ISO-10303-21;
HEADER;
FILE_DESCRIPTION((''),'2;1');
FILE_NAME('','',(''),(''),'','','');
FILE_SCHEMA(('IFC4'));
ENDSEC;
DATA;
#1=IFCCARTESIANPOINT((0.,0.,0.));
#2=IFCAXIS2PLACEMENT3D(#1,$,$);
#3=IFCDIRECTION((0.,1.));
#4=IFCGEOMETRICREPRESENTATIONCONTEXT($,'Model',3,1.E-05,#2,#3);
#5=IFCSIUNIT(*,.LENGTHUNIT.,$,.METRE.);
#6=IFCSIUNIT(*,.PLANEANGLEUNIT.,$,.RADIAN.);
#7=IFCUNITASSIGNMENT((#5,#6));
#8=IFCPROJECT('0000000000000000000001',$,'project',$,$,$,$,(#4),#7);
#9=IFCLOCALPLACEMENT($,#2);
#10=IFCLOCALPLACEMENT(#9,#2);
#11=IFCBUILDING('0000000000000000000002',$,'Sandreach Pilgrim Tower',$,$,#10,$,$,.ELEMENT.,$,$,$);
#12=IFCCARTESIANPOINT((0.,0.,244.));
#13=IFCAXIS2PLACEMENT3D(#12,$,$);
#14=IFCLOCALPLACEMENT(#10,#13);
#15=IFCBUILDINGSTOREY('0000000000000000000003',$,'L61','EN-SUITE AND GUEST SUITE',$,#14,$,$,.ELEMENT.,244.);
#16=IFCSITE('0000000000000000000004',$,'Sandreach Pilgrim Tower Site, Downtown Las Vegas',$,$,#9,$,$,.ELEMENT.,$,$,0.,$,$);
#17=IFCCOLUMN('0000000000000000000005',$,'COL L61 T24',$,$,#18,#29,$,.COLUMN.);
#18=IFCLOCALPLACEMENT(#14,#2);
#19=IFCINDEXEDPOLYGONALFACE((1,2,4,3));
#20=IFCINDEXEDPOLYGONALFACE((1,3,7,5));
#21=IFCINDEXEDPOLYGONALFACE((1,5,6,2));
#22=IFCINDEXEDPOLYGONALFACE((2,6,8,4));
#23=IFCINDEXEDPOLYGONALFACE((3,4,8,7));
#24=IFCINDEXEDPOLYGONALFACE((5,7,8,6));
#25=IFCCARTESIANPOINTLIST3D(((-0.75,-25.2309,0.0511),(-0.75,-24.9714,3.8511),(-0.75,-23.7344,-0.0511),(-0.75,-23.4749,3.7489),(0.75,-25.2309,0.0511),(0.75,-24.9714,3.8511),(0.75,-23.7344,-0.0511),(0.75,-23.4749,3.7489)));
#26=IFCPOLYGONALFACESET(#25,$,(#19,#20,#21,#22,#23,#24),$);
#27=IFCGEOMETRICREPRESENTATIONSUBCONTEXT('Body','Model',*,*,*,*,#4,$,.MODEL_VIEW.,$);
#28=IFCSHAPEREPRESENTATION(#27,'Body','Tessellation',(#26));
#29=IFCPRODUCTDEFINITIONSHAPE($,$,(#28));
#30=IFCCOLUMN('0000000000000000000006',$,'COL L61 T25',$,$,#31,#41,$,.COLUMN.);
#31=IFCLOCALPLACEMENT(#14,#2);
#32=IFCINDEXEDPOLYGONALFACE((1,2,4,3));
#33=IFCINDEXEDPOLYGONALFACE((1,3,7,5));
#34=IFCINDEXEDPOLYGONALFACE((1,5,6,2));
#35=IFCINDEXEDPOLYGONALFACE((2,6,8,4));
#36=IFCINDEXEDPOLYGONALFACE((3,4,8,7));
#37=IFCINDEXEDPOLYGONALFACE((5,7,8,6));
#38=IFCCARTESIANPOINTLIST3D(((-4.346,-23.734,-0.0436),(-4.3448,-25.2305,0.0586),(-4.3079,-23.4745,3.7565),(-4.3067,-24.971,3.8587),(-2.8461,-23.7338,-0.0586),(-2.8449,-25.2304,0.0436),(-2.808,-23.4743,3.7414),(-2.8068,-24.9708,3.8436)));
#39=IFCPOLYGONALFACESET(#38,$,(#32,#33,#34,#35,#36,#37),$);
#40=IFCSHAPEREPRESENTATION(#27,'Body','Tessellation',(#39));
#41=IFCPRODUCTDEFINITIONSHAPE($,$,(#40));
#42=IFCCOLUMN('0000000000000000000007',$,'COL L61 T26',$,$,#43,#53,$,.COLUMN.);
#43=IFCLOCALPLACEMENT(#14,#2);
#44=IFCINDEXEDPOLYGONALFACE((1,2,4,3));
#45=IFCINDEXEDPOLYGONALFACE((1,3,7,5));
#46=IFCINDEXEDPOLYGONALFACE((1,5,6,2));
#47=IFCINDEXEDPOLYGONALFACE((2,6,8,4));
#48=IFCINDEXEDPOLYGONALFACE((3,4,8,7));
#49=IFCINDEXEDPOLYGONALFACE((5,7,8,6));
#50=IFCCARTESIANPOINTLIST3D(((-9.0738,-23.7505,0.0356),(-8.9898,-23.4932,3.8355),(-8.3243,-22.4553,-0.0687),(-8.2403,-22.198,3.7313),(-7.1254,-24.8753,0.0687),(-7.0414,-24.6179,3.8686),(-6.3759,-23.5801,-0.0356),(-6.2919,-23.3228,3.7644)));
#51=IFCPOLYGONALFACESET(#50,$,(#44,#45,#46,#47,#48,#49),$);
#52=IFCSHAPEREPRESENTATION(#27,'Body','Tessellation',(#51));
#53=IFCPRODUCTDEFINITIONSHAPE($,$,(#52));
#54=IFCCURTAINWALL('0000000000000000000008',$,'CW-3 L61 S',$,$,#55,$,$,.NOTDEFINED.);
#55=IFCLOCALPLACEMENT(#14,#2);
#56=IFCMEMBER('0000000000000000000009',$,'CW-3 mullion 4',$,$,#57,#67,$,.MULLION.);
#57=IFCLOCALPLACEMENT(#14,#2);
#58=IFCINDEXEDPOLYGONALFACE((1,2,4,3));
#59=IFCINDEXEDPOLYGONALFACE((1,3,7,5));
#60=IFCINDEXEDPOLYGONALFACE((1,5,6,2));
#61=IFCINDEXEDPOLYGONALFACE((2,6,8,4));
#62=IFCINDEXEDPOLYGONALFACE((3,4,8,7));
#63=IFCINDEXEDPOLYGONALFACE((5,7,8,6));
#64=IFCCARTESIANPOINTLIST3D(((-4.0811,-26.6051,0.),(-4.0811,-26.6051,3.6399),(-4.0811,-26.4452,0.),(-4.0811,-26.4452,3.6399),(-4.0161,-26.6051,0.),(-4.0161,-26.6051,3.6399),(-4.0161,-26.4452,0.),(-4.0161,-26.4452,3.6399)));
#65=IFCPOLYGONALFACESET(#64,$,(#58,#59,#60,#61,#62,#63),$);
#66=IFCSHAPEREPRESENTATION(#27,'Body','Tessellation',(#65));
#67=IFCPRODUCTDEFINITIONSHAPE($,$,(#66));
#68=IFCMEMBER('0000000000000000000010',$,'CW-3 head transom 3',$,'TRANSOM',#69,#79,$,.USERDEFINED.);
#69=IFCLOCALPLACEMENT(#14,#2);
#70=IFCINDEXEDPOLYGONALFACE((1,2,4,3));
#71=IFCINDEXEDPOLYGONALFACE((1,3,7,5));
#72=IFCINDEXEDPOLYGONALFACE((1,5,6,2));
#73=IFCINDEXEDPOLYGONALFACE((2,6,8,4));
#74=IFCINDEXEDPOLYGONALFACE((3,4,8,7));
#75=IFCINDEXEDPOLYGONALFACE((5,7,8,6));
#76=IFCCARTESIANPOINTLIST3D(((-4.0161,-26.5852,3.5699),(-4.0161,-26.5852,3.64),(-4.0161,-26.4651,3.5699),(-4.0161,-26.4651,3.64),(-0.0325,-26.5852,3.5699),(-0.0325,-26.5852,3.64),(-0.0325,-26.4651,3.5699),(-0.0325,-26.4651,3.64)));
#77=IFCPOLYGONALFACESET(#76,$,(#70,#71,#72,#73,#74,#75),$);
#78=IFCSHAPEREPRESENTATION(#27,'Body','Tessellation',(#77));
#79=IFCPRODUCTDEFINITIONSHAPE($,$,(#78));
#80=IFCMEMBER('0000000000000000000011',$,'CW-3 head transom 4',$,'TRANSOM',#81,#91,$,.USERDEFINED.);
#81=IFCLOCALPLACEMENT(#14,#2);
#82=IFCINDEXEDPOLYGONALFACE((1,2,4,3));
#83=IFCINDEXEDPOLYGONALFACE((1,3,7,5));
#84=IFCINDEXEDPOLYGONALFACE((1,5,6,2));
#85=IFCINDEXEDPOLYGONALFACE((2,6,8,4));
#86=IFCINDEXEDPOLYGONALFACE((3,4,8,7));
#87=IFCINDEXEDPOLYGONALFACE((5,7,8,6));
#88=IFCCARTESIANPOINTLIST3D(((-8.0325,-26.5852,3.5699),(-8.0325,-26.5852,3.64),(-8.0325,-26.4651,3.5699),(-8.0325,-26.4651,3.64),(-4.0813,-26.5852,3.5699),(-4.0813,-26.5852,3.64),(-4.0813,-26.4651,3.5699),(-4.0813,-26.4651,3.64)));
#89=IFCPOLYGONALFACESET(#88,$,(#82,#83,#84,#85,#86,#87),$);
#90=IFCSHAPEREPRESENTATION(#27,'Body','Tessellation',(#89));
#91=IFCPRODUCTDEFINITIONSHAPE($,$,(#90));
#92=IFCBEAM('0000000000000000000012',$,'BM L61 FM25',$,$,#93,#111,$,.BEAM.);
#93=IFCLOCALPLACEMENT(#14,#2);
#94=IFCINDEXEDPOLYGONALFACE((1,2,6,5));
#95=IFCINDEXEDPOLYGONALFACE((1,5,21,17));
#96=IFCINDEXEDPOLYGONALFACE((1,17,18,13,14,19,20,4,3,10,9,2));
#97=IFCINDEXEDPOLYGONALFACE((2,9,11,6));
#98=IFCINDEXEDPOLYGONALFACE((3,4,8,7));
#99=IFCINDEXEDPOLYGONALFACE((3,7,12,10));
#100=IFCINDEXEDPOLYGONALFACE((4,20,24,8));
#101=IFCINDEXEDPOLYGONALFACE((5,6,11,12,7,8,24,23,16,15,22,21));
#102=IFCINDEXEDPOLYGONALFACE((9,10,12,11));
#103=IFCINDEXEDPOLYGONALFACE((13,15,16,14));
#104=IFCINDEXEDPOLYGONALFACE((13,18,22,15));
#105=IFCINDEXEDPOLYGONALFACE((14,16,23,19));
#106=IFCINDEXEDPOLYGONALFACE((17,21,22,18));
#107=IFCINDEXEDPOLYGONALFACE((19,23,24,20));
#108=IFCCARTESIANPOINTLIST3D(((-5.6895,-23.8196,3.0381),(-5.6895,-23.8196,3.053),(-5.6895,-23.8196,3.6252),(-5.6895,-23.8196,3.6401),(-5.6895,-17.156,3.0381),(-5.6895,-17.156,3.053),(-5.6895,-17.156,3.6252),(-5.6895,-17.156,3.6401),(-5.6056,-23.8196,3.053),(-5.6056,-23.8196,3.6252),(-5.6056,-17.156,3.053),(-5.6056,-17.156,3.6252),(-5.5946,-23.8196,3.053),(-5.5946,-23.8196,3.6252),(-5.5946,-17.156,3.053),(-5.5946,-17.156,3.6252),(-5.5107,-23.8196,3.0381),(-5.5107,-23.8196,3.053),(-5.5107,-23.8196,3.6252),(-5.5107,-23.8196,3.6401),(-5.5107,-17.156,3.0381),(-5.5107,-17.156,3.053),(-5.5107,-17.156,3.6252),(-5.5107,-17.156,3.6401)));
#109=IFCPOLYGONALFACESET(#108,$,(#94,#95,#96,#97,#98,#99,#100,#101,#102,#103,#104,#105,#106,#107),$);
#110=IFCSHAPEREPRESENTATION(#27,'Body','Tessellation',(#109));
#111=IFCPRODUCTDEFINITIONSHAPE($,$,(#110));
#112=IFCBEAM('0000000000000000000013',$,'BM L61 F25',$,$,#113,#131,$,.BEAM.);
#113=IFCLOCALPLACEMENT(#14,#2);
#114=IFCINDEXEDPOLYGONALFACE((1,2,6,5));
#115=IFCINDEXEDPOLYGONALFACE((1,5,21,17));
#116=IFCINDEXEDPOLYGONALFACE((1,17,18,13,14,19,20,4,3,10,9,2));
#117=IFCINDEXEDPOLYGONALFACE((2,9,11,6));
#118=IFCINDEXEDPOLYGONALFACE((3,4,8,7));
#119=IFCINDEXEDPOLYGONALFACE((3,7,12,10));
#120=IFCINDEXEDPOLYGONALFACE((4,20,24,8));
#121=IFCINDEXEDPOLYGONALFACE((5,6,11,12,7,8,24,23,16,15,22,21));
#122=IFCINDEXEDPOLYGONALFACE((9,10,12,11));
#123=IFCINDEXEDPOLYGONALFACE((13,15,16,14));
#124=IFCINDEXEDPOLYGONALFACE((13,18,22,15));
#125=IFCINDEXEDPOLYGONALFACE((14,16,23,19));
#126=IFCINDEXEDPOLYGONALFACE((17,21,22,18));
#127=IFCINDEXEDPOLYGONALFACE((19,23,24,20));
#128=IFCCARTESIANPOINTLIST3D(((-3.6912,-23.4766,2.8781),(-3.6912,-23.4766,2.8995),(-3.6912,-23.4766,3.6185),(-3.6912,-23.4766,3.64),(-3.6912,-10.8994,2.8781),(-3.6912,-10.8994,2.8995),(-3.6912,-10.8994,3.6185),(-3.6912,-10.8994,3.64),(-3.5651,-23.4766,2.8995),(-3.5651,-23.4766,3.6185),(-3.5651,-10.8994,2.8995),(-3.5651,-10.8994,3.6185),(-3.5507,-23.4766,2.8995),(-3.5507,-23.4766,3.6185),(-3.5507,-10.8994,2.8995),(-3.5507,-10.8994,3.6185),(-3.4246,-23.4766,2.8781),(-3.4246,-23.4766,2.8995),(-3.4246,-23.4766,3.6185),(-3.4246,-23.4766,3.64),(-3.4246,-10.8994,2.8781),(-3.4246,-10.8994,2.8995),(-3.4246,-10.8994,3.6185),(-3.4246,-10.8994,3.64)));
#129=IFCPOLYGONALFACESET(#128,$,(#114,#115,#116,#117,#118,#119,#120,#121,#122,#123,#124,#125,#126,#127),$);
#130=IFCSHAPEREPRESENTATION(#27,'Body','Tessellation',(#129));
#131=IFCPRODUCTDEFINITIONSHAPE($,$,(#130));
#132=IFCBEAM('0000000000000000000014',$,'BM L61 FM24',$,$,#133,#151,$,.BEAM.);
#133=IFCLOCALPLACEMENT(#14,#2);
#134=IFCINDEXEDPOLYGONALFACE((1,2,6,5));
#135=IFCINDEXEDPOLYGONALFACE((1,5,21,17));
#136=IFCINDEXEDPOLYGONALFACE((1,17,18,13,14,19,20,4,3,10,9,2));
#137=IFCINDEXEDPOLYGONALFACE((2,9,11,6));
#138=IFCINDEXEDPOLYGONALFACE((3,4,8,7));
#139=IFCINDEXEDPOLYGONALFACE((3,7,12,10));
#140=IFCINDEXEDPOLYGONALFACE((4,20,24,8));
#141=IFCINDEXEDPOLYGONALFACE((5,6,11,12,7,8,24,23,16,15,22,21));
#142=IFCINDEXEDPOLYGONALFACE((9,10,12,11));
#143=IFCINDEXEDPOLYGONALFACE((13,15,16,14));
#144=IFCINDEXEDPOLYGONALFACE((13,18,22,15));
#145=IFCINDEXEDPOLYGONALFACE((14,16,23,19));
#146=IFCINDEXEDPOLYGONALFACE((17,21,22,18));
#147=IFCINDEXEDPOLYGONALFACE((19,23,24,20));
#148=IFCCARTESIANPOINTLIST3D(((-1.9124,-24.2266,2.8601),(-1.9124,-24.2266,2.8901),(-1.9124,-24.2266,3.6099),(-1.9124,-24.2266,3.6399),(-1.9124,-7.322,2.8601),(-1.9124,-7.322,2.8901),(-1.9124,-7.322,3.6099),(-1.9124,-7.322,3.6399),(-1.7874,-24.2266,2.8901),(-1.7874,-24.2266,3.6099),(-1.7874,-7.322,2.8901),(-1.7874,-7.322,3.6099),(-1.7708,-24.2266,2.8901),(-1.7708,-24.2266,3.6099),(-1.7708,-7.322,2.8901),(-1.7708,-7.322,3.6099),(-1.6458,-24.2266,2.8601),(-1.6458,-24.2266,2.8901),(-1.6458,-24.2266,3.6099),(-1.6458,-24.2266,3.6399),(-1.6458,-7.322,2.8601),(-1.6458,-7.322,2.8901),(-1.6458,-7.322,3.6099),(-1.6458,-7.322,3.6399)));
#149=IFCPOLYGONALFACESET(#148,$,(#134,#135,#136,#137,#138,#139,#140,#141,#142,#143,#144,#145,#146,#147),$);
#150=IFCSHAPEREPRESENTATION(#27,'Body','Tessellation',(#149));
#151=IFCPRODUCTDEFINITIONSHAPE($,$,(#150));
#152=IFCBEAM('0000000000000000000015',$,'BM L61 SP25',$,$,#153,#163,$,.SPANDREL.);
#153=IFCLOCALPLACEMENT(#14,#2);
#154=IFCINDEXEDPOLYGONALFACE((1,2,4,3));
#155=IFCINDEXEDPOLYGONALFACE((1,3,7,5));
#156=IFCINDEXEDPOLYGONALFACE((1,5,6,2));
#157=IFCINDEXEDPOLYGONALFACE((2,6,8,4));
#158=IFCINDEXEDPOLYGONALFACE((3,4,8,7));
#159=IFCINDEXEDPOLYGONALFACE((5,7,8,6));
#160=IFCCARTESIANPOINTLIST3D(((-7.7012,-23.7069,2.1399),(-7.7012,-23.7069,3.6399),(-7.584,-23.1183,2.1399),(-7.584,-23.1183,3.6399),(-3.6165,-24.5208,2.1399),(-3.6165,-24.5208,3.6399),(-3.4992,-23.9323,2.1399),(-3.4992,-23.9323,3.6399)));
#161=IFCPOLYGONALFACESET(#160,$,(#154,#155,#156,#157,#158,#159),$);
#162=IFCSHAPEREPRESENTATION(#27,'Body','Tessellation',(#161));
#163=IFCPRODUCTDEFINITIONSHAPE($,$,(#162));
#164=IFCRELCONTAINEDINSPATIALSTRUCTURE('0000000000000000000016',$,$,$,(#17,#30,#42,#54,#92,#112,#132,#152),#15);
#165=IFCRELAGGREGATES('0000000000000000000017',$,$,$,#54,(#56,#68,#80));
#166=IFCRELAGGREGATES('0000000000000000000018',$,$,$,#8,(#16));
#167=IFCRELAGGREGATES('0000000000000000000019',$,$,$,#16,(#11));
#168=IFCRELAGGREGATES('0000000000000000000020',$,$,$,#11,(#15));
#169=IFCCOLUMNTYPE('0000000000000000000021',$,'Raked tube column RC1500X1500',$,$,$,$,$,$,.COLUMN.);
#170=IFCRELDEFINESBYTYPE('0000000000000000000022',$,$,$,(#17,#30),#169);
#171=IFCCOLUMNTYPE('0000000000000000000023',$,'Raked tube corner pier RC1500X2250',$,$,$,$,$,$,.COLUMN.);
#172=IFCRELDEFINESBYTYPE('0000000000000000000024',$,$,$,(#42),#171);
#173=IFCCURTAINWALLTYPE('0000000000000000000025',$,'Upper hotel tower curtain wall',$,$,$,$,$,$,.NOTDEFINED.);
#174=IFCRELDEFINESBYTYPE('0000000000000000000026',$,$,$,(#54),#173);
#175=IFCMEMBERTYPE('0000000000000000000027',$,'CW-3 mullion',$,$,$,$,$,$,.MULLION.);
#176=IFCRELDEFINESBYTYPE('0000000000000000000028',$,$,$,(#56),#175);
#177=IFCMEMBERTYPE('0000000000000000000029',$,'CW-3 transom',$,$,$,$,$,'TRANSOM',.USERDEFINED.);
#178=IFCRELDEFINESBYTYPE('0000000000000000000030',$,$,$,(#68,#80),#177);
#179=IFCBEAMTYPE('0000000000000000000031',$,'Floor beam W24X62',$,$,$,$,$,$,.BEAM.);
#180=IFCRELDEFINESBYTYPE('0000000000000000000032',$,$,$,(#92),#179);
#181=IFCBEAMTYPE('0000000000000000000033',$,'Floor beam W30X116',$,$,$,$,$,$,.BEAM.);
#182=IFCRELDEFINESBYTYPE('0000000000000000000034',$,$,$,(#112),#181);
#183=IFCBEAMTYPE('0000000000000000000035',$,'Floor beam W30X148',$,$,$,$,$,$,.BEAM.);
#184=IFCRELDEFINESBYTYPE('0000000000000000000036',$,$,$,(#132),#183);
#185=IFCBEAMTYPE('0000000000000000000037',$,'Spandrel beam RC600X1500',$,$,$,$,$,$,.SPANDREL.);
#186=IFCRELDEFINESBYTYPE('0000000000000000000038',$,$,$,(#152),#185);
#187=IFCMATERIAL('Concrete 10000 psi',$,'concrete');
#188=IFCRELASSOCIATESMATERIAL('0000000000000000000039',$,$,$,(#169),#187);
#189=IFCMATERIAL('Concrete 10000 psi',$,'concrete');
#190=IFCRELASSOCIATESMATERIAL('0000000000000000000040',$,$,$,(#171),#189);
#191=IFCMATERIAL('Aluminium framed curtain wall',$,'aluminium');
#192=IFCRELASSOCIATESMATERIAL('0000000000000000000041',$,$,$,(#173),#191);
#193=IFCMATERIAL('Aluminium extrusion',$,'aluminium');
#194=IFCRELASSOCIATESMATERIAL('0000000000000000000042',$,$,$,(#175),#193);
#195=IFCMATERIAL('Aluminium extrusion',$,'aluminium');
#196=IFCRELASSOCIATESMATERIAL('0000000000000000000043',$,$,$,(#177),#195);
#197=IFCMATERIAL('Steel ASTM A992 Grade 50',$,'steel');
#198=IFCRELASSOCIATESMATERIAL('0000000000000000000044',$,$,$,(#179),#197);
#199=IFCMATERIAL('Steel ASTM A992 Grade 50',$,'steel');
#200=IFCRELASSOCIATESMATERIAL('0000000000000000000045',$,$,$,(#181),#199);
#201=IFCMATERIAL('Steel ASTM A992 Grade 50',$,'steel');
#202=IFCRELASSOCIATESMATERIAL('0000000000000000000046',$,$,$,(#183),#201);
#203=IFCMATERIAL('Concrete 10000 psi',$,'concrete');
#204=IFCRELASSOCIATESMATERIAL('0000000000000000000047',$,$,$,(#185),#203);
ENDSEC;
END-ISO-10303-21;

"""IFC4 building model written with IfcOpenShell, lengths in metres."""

from ifc_helpers import new_model, si_unit, direction, frame, origin, origin_2d, place, context, subcontext, project, spatial, rectangle, i_section, extrude, material, material_profile, profile_set, type_object, element, aggregate, save


model = new_model("IFC4")

# Units and contexts
model_context = context("Model", 3, precision=1e-05, world=origin(), true_north=direction((0.0, 1.0)))
body_context = subcontext(model_context, "Body", "Model", "MODEL_VIEW")
ifc_project = project(units=[si_unit("LENGTHUNIT", "METRE"), si_unit("PLANEANGLEUNIT", "RADIAN")], contexts=[model_context])

# Site, building, storey
site_placement = place(None, origin())
site = spatial("IfcSite", under=ifc_project, at=site_placement, Name="Sandreach Pilgrim Tower Site, Downtown Las Vegas", CompositionType="ELEMENT", RefElevation=0.0)
building_placement = place(site_placement, origin())
building = spatial("IfcBuilding", under=site, at=building_placement, Name="Sandreach Pilgrim Tower", CompositionType="ELEMENT")
storey_placement = place(building_placement, frame((0.0, 0.0, 244.0)))
storey = spatial("IfcBuildingStorey", under=building, at=storey_placement, Name="L61", Description="EN-SUITE AND GUEST SUITE", CompositionType="ELEMENT", Elevation=244.0)

# Columns
ifc_material_1 = material(Name="Concrete 10000 psi", Category="concrete")
ifc_material_profile_1 = material_profile(ifc_material_1, rectangle(XDim=1.5, YDim=1.5, at=origin_2d()), Name="RC1500X1500")
ifc_profile_set_1 = profile_set([ifc_material_profile_1], Name="Concrete 10000 psi")
column_type_1 = type_object("IfcColumnType", Name="Raked tube column RC1500X1500", PredefinedType="COLUMN", material=ifc_profile_set_1)
column_1_placement = place(storey_placement, frame((0.0, -24.4827, 0.0), z_axis=(0.0, 0.068136, 0.997676), x_axis=(0.0, -0.997676, 0.068136)))
element("IfcColumn", 1, at=column_1_placement, inside=storey, type_object=column_type_1, Name="COL L61 T24", PredefinedType="COLUMN", context=body_context, shape_type="SweptSolid", body=[
    extrude(rectangle(XDim=1.5, YDim=1.5, at=origin_2d()), origin(), (0.0, 0.0, 1.0), 3.8088),
])
column_2_placement = place(storey_placement, frame((-3.5955, -24.4822, 0.0), z_axis=(0.009999, 0.068132, 0.997626), x_axis=(0.000785, -0.997676, 0.068128)))
element("IfcColumn", 2, at=column_2_placement, inside=storey, type_object=column_type_1, Name="COL L61 T25", PredefinedType="COLUMN", context=body_context, shape_type="SweptSolid", body=[
    extrude(rectangle(XDim=1.5, YDim=1.5, at=origin_2d()), origin(), (0.0, 0.0, 1.0), 3.8091),
])
ifc_material_2 = material(Name="Concrete 10000 psi", Category="concrete")
ifc_material_profile_2 = material_profile(ifc_material_2, rectangle(XDim=1.5, YDim=2.25, at=origin_2d()), Name="RC1500X2250")
ifc_profile_set_2 = profile_set([ifc_material_profile_2], Name="Concrete 10000 psi")
column_type_2 = type_object("IfcColumnType", Name="Raked tube corner pier RC1500X2250", PredefinedType="COLUMN", material=ifc_profile_set_2)
column_3_placement = place(storey_placement, frame((-7.7249, -23.6653, 0.0), z_axis=(0.022045, 0.067545, 0.997473), x_axis=(-0.499636, -0.863442, 0.069511)))
element("IfcColumn", 3, at=column_3_placement, inside=storey, type_object=column_type_2, Name="COL L61 T26", PredefinedType="COLUMN", context=body_context, shape_type="SweptSolid", body=[
    extrude(rectangle(XDim=1.5, YDim=2.25, at=origin_2d()), origin(), (0.0, 0.0, 1.0), 3.8096),
])

# Curtain wall, members
ifc_material_3 = material(Name="Aluminium framed curtain wall", Category="aluminium")
curtain_wall_type = type_object("IfcCurtainWallType", Name="Upper hotel tower curtain wall", PredefinedType="NOTDEFINED", material=ifc_material_3)
curtain_wall_placement = place(storey_placement, origin())
curtain_wall = element("IfcCurtainWall", 4, at=curtain_wall_placement, inside=storey, type_object=curtain_wall_type, Name="CW-3 L61 S", PredefinedType="NOTDEFINED")
ifc_material_4 = material(Name="Aluminium extrusion", Category="aluminium")
ifc_material_profile_3 = material_profile(ifc_material_4, rectangle(XDim=0.0649, YDim=0.1599, at=origin_2d()), Name="CW-3M 65X160")
ifc_profile_set_3 = profile_set([ifc_material_profile_3], Name="Aluminium extrusion")
member_type_1 = type_object("IfcMemberType", Name="CW-3 mullion", PredefinedType="MULLION", material=ifc_profile_set_3)
member_1_placement = place(storey_placement, frame((-4.0486, -26.5251, 0.0), z_axis=(0.0, 0.0, 1.0), x_axis=(-1.0, 0.0, 0.0)))
member_1 = element("IfcMember", 5, at=member_1_placement, type_object=member_type_1, Name="CW-3 mullion 4", PredefinedType="MULLION", context=body_context, shape_type="SweptSolid", body=[
    extrude(rectangle(XDim=0.0649, YDim=0.1599, at=origin_2d()), origin(), (0.0, 0.0, 1.0), 3.6399),
])
ifc_material_5 = material(Name="Aluminium extrusion", Category="aluminium")
ifc_material_profile_4 = material_profile(ifc_material_5, rectangle(XDim=0.1201, YDim=0.0701, at=origin_2d()), Name="CW-3T 120X70")
ifc_profile_set_4 = profile_set([ifc_material_profile_4], Name="Aluminium extrusion")
member_type_2 = type_object("IfcMemberType", Name="CW-3 transom", ElementType="TRANSOM", PredefinedType="USERDEFINED", material=ifc_profile_set_4)
member_2_placement = place(storey_placement, frame((-0.0325, -26.5251, 3.605), z_axis=(-1.0, 0.0, 0.0), x_axis=(0.0, -1.0, 0.0)))
member_2 = element("IfcMember", 6, at=member_2_placement, type_object=member_type_2, Name="CW-3 head transom 3", ObjectType="TRANSOM", PredefinedType="USERDEFINED", context=body_context, shape_type="SweptSolid", body=[
    extrude(rectangle(XDim=0.1201, YDim=0.0701, at=origin_2d()), origin(), (0.0, 0.0, 1.0), 3.9836),
])
member_3_placement = place(storey_placement, frame((-4.0813, -26.5251, 3.605), z_axis=(-1.0, 0.0, 0.0), x_axis=(0.0, -1.0, 0.0)))
member_3 = element("IfcMember", 7, at=member_3_placement, type_object=member_type_2, Name="CW-3 head transom 4", ObjectType="TRANSOM", PredefinedType="USERDEFINED", context=body_context, shape_type="SweptSolid", body=[
    extrude(rectangle(XDim=0.1201, YDim=0.0701, at=origin_2d()), origin(), (0.0, 0.0, 1.0), 3.9512),
])

# Beams
ifc_material_6 = material(Name="Steel ASTM A992 Grade 50", Category="steel")
ifc_material_profile_5 = material_profile(ifc_material_6, i_section(OverallWidth=0.1787, OverallDepth=0.6021, WebThickness=0.011, FlangeThickness=0.0149, at=origin_2d()), Name="W24X62")
ifc_profile_set_5 = profile_set([ifc_material_profile_5], Name="Steel ASTM A992 Grade 50")
beam_type_1 = type_object("IfcBeamType", Name="Floor beam W24X62", PredefinedType="BEAM", material=ifc_profile_set_5)
beam_1_placement = place(storey_placement, frame((-5.6001, -23.8196, 3.3391), z_axis=(0.0, 1.0, 0.0), x_axis=(-1.0, 0.0, 0.0)))
element("IfcBeam", 8, at=beam_1_placement, inside=storey, type_object=beam_type_1, Name="BM L61 FM25", PredefinedType="BEAM", context=body_context, shape_type="SweptSolid", body=[
    extrude(i_section(OverallWidth=0.1787, OverallDepth=0.6021, WebThickness=0.011, FlangeThickness=0.0149, at=origin_2d()), origin(), (0.0, 0.0, 1.0), 6.6636),
])
ifc_material_7 = material(Name="Steel ASTM A992 Grade 50", Category="steel")
ifc_material_profile_6 = material_profile(ifc_material_7, i_section(OverallWidth=0.2666, OverallDepth=0.762, WebThickness=0.0144, FlangeThickness=0.0215, at=origin_2d()), Name="W30X116")
ifc_profile_set_6 = profile_set([ifc_material_profile_6], Name="Steel ASTM A992 Grade 50")
beam_type_2 = type_object("IfcBeamType", Name="Floor beam W30X116", PredefinedType="BEAM", material=ifc_profile_set_6)
beam_2_placement = place(storey_placement, frame((-3.5579, -23.4766, 3.259), z_axis=(0.0, 1.0, 0.0), x_axis=(-1.0, 0.0, 0.0)))
element("IfcBeam", 9, at=beam_2_placement, inside=storey, type_object=beam_type_2, Name="BM L61 F25", PredefinedType="BEAM", context=body_context, shape_type="SweptSolid", body=[
    extrude(i_section(OverallWidth=0.2666, OverallDepth=0.762, WebThickness=0.0144, FlangeThickness=0.0215, at=origin_2d()), origin(), (0.0, 0.0, 1.0), 12.5771),
])
ifc_material_8 = material(Name="Steel ASTM A992 Grade 50", Category="steel")
ifc_material_profile_7 = material_profile(ifc_material_8, i_section(OverallWidth=0.2666, OverallDepth=0.7798, WebThickness=0.0166, FlangeThickness=0.03, at=origin_2d()), Name="W30X148")
ifc_profile_set_7 = profile_set([ifc_material_profile_7], Name="Steel ASTM A992 Grade 50")
beam_type_3 = type_object("IfcBeamType", Name="Floor beam W30X148", PredefinedType="BEAM", material=ifc_profile_set_7)
beam_3_placement = place(storey_placement, frame((-1.7791, -24.2266, 3.25), z_axis=(0.0, 1.0, 0.0), x_axis=(-1.0, 0.0, 0.0)))
element("IfcBeam", 10, at=beam_3_placement, inside=storey, type_object=beam_type_3, Name="BM L61 FM24", PredefinedType="BEAM", context=body_context, shape_type="SweptSolid", body=[
    extrude(i_section(OverallWidth=0.2666, OverallDepth=0.7798, WebThickness=0.0166, FlangeThickness=0.03, at=origin_2d()), origin(), (0.0, 0.0, 1.0), 16.9045),
])
ifc_material_9 = material(Name="Concrete 10000 psi", Category="concrete")
ifc_material_profile_8 = material_profile(ifc_material_9, rectangle(XDim=0.6001, YDim=1.5, at=origin_2d()), Name="RC600X1500")
ifc_profile_set_8 = profile_set([ifc_material_profile_8], Name="Concrete 10000 psi")
beam_type_4 = type_object("IfcBeamType", Name="Spandrel beam RC600X1500", PredefinedType="SPANDREL", material=ifc_profile_set_8)
beam_4_placement = place(storey_placement, frame((-3.5579, -24.2266, 2.8899), z_axis=(-0.980718, 0.195428, 0.0), x_axis=(-0.195428, -0.980718, 0.0)))
element("IfcBeam", 11, at=beam_4_placement, inside=storey, type_object=beam_type_4, Name="BM L61 SP25", PredefinedType="SPANDREL", context=body_context, shape_type="SweptSolid", body=[
    extrude(rectangle(XDim=0.6001, YDim=1.5, at=origin_2d()), origin(), (0.0, 0.0, 1.0), 4.165),
])

aggregate(curtain_wall, [member_1, member_2, member_3])

save(model, "model.ifc")
